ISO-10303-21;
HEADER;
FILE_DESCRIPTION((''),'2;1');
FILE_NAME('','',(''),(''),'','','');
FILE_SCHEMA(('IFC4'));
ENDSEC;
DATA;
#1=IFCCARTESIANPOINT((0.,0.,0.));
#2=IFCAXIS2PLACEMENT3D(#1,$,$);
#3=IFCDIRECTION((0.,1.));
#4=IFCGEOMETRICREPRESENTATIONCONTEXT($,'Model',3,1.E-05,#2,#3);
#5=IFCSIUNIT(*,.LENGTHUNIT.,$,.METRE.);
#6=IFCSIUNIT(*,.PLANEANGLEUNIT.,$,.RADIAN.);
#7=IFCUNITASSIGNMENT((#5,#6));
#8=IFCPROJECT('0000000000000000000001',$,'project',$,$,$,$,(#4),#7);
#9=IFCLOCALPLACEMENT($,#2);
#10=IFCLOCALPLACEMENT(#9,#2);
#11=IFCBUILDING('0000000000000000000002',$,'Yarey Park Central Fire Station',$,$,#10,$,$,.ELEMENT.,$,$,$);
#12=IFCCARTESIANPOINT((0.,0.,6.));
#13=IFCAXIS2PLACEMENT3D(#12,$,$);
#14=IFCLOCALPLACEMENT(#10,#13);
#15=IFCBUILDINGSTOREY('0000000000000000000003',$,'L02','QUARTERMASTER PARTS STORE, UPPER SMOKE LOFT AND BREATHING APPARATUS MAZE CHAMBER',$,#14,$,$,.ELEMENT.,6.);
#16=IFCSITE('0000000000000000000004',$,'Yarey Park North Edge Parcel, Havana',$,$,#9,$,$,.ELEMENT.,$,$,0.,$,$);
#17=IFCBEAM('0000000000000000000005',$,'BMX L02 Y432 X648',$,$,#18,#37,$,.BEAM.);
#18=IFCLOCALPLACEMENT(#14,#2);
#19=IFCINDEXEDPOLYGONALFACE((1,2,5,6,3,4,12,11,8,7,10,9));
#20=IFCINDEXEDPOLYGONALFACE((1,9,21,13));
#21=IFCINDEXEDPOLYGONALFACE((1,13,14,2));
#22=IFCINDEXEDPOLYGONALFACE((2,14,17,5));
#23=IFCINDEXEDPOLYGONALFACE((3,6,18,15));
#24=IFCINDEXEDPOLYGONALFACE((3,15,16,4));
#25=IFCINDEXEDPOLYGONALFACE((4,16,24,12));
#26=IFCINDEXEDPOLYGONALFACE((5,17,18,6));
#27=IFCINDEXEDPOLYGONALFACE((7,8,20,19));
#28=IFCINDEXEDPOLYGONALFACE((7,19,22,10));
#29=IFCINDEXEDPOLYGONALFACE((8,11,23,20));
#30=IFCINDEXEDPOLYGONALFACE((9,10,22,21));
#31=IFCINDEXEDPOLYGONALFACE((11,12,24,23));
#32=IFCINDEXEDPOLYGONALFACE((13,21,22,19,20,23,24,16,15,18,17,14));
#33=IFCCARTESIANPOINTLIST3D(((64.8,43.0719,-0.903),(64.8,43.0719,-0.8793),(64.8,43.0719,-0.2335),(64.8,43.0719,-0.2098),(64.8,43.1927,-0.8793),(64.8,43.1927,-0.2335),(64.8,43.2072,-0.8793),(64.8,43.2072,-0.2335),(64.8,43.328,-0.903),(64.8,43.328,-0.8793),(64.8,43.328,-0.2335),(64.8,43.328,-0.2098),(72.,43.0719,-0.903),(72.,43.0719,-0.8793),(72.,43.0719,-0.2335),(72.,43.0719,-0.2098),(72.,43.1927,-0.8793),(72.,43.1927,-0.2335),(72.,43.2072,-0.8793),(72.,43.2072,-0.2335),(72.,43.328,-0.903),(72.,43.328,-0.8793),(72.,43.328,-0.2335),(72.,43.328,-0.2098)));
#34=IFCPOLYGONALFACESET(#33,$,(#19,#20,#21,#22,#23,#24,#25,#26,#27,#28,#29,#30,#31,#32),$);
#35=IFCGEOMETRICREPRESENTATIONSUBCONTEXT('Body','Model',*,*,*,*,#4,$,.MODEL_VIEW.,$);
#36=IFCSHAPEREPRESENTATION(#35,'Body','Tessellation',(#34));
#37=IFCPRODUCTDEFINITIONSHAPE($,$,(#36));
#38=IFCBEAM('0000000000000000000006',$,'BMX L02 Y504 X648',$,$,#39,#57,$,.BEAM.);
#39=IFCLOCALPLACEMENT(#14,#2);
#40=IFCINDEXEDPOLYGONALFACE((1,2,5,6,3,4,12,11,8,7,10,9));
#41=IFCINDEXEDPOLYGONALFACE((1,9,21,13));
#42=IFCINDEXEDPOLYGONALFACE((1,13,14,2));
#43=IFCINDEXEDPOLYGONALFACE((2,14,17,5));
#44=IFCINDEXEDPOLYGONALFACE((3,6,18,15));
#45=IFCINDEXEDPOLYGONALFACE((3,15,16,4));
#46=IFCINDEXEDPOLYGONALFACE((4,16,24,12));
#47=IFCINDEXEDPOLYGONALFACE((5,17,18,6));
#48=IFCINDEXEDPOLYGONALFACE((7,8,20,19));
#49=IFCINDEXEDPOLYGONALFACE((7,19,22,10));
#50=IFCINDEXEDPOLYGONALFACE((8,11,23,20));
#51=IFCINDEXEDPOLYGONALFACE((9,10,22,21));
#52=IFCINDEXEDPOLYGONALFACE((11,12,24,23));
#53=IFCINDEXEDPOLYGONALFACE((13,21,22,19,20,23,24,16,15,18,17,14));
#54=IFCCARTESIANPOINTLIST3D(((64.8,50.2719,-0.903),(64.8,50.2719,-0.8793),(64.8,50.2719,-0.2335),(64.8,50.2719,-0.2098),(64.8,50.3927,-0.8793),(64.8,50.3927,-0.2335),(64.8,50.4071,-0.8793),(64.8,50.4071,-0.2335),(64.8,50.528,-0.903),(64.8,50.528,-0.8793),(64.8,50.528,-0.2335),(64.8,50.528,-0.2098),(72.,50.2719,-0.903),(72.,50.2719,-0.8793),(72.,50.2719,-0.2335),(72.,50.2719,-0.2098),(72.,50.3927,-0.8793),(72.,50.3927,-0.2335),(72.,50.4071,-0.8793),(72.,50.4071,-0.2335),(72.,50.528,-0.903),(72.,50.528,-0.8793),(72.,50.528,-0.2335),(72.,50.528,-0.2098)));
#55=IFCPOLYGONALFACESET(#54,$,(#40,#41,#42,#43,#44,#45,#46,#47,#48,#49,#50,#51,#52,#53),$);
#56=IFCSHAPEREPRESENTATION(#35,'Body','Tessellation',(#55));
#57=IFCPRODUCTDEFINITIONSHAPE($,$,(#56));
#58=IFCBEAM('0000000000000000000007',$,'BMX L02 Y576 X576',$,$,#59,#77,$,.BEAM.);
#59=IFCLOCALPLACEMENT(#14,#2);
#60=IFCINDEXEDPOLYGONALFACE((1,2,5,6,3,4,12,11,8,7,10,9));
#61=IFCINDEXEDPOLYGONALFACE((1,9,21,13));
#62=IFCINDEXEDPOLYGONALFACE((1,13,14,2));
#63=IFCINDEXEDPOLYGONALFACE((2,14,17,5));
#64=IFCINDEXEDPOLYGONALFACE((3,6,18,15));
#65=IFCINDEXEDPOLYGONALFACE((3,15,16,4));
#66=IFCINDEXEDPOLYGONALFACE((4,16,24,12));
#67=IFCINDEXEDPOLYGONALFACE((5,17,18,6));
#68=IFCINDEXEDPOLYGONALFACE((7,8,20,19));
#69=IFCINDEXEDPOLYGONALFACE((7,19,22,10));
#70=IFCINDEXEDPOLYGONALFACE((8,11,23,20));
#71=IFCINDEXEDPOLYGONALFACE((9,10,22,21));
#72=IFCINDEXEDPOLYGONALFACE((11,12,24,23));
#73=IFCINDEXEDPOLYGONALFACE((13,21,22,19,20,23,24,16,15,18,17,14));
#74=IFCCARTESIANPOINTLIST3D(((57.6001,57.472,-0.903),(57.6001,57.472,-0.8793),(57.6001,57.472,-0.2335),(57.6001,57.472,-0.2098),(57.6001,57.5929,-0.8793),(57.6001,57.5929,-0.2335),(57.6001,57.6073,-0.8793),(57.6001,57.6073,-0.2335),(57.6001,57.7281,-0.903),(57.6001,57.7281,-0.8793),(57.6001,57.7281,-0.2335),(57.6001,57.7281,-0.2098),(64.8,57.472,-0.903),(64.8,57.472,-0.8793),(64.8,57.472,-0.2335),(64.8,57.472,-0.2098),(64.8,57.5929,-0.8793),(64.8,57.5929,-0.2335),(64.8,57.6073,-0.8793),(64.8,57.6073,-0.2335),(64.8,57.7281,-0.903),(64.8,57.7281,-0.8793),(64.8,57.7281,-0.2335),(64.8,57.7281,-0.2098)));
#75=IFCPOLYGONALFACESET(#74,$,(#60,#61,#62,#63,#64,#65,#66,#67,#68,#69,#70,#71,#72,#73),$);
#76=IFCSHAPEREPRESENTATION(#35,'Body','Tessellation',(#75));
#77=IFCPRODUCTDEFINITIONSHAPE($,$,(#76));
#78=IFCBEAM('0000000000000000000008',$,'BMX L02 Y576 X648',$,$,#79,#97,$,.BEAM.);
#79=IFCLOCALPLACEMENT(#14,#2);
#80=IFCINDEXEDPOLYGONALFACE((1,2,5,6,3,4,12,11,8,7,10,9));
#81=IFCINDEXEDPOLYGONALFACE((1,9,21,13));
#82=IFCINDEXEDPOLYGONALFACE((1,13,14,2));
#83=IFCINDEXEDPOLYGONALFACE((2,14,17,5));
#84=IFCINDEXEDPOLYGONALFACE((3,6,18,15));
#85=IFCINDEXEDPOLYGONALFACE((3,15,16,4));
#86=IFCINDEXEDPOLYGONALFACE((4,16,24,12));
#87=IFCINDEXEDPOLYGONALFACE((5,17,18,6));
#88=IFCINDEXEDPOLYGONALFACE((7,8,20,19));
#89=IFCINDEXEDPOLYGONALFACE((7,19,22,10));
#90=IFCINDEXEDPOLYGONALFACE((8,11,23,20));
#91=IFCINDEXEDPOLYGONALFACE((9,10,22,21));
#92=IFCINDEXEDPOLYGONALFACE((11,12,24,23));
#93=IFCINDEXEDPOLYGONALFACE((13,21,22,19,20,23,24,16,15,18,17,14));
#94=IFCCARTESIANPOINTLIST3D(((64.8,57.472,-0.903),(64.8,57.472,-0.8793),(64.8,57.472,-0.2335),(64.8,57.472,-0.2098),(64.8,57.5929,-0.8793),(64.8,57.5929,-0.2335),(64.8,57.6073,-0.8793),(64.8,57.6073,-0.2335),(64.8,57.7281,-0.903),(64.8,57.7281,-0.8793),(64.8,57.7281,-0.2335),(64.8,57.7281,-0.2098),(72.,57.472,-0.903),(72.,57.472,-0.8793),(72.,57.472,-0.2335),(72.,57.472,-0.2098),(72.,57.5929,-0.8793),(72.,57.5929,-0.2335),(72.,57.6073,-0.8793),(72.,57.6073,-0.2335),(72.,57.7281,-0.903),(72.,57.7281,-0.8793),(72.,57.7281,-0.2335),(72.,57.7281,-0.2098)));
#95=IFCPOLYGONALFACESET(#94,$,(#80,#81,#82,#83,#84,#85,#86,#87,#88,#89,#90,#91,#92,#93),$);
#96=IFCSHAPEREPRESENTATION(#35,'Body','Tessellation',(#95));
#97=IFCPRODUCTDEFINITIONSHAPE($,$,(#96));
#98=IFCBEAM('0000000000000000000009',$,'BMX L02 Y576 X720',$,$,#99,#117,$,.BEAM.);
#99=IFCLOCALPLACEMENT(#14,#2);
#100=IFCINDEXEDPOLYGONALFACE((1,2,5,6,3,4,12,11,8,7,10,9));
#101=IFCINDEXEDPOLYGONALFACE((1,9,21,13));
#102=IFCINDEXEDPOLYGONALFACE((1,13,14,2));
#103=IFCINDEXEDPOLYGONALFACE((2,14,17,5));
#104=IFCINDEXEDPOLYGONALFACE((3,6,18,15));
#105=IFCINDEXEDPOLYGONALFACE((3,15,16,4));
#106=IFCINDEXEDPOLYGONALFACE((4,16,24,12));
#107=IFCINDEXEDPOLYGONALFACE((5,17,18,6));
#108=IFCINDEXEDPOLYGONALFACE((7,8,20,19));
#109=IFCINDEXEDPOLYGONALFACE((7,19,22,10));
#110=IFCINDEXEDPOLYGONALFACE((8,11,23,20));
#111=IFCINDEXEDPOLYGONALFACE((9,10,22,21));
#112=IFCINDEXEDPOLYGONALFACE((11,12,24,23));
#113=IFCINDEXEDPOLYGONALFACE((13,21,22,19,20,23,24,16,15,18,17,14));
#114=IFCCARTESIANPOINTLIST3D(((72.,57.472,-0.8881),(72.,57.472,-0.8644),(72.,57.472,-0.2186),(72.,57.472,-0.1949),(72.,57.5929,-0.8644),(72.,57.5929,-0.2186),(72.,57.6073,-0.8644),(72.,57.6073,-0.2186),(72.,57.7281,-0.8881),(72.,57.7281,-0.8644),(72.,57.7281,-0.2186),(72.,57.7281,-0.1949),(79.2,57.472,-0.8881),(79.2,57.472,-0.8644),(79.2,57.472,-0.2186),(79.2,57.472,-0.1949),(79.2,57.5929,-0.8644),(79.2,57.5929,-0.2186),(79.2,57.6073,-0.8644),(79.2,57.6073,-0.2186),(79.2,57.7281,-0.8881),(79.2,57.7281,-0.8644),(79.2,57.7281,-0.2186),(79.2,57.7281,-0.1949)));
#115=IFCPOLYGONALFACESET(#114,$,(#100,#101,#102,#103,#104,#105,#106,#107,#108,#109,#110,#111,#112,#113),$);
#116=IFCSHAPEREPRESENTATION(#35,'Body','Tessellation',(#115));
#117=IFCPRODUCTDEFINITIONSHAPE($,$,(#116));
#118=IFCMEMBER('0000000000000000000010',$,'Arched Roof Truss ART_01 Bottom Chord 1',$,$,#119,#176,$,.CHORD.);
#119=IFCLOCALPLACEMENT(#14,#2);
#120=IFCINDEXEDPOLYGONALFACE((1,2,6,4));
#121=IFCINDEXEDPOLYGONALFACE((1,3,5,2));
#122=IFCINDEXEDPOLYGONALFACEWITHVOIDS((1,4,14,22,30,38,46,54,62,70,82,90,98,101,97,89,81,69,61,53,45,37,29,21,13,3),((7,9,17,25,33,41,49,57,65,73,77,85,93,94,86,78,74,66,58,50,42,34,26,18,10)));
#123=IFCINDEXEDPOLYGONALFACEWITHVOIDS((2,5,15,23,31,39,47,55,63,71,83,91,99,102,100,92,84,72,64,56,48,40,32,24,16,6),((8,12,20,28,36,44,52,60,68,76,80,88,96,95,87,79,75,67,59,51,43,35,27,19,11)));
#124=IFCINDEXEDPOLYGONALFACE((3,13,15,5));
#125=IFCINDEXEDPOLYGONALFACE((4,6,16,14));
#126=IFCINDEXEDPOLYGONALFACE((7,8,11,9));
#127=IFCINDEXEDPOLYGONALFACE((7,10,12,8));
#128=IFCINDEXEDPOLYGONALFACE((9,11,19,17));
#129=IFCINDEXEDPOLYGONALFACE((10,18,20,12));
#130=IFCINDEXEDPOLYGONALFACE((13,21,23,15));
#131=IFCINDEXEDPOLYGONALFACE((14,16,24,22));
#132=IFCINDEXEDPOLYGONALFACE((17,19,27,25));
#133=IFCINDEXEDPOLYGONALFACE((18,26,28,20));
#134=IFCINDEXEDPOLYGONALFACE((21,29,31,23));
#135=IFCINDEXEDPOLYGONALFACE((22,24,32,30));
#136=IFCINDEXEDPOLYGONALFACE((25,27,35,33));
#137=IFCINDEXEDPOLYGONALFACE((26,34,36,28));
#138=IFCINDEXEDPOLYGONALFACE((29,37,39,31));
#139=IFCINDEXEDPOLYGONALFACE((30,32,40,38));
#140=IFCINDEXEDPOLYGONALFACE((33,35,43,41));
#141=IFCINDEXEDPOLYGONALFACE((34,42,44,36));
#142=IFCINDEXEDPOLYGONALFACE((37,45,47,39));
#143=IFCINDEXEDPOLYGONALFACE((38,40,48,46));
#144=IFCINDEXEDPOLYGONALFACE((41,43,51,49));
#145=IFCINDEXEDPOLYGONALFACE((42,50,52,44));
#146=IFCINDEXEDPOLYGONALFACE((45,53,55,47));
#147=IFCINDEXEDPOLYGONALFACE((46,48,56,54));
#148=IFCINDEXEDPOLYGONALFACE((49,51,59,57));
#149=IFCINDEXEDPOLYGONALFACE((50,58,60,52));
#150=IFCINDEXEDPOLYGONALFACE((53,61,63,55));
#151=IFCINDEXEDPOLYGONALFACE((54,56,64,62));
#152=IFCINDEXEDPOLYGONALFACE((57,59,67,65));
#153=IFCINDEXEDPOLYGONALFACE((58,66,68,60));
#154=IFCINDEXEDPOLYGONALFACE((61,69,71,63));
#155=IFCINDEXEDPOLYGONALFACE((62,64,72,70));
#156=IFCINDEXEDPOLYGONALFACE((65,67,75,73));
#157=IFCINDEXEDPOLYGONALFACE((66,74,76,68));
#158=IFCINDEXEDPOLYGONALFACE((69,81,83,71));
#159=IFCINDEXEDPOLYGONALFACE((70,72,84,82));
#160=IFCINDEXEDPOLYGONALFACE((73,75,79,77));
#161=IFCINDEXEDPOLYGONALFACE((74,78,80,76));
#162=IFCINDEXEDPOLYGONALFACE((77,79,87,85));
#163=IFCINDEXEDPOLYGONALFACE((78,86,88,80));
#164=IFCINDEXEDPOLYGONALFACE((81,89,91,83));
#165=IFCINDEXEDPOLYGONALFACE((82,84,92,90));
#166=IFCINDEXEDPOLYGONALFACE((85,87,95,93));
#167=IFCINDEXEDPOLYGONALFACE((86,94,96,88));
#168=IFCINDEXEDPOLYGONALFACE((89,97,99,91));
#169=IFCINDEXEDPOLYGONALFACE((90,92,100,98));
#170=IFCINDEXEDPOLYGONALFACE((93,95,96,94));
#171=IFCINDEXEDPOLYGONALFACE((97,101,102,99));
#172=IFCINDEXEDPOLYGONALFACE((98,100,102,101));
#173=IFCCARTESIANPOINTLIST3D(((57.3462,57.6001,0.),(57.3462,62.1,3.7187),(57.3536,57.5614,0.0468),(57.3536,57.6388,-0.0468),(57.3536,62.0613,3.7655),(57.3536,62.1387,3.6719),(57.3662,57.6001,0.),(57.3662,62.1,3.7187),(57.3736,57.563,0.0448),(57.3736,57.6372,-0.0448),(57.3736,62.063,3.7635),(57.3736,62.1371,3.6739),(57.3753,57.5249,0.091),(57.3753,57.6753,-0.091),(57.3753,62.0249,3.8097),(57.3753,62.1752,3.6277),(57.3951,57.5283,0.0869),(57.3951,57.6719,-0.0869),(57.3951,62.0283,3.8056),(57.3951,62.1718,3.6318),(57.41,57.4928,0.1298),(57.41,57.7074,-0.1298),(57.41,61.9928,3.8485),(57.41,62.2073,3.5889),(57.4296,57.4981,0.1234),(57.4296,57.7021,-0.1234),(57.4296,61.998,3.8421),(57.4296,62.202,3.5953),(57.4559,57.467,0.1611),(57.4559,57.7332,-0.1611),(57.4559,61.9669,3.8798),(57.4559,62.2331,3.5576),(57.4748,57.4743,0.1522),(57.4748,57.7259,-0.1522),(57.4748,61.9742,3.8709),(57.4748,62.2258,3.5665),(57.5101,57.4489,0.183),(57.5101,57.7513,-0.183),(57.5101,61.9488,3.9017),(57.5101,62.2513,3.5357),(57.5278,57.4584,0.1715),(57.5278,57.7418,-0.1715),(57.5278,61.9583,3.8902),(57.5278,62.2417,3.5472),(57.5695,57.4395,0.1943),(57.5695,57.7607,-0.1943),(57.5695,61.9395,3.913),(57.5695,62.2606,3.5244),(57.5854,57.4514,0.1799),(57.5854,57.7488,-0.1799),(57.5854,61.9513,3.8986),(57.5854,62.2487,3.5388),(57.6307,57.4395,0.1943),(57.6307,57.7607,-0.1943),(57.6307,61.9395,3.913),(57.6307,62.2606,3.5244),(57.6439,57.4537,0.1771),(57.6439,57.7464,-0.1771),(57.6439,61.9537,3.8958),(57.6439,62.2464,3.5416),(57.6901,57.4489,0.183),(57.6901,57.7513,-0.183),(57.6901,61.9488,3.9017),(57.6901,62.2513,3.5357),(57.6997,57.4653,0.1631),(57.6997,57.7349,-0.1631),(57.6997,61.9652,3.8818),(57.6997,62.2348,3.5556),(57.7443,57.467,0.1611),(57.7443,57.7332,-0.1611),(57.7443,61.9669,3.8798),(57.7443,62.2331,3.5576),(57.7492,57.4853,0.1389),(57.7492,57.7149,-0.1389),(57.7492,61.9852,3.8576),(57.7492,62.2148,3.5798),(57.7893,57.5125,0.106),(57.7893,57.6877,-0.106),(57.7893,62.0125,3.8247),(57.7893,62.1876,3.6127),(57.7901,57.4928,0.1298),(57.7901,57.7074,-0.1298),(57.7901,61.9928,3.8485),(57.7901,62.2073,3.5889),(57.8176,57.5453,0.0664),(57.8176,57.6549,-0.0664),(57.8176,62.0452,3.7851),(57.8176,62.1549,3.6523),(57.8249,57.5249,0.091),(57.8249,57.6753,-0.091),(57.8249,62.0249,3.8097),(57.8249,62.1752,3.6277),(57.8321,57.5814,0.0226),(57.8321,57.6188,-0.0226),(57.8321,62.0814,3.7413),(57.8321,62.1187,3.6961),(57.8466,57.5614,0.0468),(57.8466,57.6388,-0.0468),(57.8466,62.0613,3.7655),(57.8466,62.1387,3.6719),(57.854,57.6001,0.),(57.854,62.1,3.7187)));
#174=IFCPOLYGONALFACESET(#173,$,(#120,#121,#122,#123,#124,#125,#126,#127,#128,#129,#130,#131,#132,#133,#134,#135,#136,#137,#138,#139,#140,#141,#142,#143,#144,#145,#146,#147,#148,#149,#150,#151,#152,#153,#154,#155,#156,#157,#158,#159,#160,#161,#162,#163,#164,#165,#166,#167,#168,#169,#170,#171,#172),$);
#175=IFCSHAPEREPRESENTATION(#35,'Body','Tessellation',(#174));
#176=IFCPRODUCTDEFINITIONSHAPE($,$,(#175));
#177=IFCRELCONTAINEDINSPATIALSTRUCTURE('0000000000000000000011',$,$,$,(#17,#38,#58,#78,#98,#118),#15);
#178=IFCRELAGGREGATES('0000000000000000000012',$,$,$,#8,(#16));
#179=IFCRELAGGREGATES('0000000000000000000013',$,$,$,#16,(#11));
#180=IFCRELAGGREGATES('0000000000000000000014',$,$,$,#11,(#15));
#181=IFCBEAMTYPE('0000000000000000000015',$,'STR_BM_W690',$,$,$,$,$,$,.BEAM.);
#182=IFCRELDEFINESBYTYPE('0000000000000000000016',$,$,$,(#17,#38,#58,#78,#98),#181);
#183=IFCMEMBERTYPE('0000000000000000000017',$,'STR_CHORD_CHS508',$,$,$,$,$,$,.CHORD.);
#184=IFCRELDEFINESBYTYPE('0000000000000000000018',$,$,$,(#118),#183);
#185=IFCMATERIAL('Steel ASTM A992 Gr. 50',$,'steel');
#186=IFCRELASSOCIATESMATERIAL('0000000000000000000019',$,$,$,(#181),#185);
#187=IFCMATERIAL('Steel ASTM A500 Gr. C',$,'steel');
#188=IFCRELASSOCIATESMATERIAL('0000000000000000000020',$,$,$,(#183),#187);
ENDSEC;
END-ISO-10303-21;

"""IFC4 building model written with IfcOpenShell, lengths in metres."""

from ifc_helpers import new_model, si_unit, direction, frame, origin, origin_2d, place, context, subcontext, project, spatial, hollow_circle, i_section, extrude, material, material_profile, profile_set, type_object, element, save


model = new_model("IFC4")

# Units and contexts
model_context = context("Model", 3, precision=1e-05, world=origin(), true_north=direction((0.0, 1.0)))
body_context = subcontext(model_context, "Body", "Model", "MODEL_VIEW")
ifc_project = project(units=[si_unit("LENGTHUNIT", "METRE"), si_unit("PLANEANGLEUNIT", "RADIAN")], contexts=[model_context])

# Site, building, storey
site_placement = place(None, origin())
site = spatial("IfcSite", under=ifc_project, at=site_placement, Name="Yarey Park North Edge Parcel, Havana", CompositionType="ELEMENT", RefElevation=0.0)
building_placement = place(site_placement, origin())
building = spatial("IfcBuilding", under=site, at=building_placement, Name="Yarey Park Central Fire Station", CompositionType="ELEMENT")
storey_placement = place(building_placement, frame((0.0, 0.0, 6.0)))
storey = spatial("IfcBuildingStorey", under=building, at=storey_placement, Name="L02", Description="QUARTERMASTER PARTS STORE, UPPER SMOKE LOFT AND BREATHING APPARATUS MAZE CHAMBER", CompositionType="ELEMENT", Elevation=6.0)

# Shared definitions
ifc_material_1 = material(Name="Steel ASTM A992 Gr. 50", Category="steel")

# Beams
ifc_material_profile_1 = material_profile(ifc_material_1, i_section(OverallWidth=0.2561, OverallDepth=0.6931, WebThickness=0.0144, FlangeThickness=0.0237, at=origin_2d()), Name="W690x170")
ifc_profile_set_1 = profile_set([ifc_material_profile_1], Name="Steel ASTM A992 Gr. 50")
beam_type_1 = type_object("IfcBeamType", Name="STR_BM_W690", PredefinedType="BEAM", material=ifc_profile_set_1)
for number, where, z_axis, x_axis, name in (
    (1, (64.8, 43.2, -0.5564), (1.0, 0.0, 0.0), (0.0, 1.0, 0.0), "BMX L02 Y432 X648"),
    (2, (64.8, 50.3999, -0.5564), (1.0, 0.0, 0.0), (0.0, 1.0, 0.0), "BMX L02 Y504 X648"),
    (3, (57.6001, 57.6001, -0.5564), (1.0, 0.0, 0.0), (0.0, 1.0, 0.0), "BMX L02 Y576 X576"),
    (4, (64.8, 57.6001, -0.5564), (1.0, 0.0, 0.0), (0.0, 1.0, 0.0), "BMX L02 Y576 X648"),
    (5, (72.0, 57.6001, -0.5415), (1.0, 0.0, 0.0), (0.0, 1.0, 0.0), "BMX L02 Y576 X720"),
):
    element("IfcBeam", number, at=place(storey_placement, frame(where, z_axis=z_axis, x_axis=x_axis)), inside=storey, type_object=beam_type_1, Name=name, PredefinedType="BEAM", context=body_context, shape_type="SweptSolid", body=[
        extrude(i_section(OverallWidth=0.2561, OverallDepth=0.6931, WebThickness=0.0144, FlangeThickness=0.0237, at=origin_2d()), origin(), (0.0, 0.0, 1.0), 7.2),
    ])

# Member
ifc_material_2 = material(Name="Steel ASTM A500 Gr. C", Category="steel")
ifc_material_profile_2 = material_profile(ifc_material_2, hollow_circle(Radius=0.2539, WallThickness=0.02, at=origin_2d()), Name="CHS 508x20")
ifc_profile_set_2 = profile_set([ifc_material_profile_2], Name="Steel ASTM A500 Gr. C")
member_type_1 = type_object("IfcMemberType", Name="STR_CHORD_CHS508", PredefinedType="CHORD", material=ifc_profile_set_2)
for number, where, z_axis, x_axis, name in (
    (6, (57.6001, 57.6001, 0.0), (0.0, 0.770847, 0.63702), (-1.0, 0.0, 0.0), "Arched Roof Truss ART_01 Bottom Chord 1"),
):
    element("IfcMember", number, at=place(storey_placement, frame(where, z_axis=z_axis, x_axis=x_axis)), inside=storey, type_object=member_type_1, Name=name, PredefinedType="CHORD", context=body_context, shape_type="SweptSolid", body=[
        extrude(hollow_circle(Radius=0.2539, WallThickness=0.02, at=origin_2d()), origin(), (0.0, 0.0, 1.0), 5.8376),
    ])

save(model, "model.ifc")
